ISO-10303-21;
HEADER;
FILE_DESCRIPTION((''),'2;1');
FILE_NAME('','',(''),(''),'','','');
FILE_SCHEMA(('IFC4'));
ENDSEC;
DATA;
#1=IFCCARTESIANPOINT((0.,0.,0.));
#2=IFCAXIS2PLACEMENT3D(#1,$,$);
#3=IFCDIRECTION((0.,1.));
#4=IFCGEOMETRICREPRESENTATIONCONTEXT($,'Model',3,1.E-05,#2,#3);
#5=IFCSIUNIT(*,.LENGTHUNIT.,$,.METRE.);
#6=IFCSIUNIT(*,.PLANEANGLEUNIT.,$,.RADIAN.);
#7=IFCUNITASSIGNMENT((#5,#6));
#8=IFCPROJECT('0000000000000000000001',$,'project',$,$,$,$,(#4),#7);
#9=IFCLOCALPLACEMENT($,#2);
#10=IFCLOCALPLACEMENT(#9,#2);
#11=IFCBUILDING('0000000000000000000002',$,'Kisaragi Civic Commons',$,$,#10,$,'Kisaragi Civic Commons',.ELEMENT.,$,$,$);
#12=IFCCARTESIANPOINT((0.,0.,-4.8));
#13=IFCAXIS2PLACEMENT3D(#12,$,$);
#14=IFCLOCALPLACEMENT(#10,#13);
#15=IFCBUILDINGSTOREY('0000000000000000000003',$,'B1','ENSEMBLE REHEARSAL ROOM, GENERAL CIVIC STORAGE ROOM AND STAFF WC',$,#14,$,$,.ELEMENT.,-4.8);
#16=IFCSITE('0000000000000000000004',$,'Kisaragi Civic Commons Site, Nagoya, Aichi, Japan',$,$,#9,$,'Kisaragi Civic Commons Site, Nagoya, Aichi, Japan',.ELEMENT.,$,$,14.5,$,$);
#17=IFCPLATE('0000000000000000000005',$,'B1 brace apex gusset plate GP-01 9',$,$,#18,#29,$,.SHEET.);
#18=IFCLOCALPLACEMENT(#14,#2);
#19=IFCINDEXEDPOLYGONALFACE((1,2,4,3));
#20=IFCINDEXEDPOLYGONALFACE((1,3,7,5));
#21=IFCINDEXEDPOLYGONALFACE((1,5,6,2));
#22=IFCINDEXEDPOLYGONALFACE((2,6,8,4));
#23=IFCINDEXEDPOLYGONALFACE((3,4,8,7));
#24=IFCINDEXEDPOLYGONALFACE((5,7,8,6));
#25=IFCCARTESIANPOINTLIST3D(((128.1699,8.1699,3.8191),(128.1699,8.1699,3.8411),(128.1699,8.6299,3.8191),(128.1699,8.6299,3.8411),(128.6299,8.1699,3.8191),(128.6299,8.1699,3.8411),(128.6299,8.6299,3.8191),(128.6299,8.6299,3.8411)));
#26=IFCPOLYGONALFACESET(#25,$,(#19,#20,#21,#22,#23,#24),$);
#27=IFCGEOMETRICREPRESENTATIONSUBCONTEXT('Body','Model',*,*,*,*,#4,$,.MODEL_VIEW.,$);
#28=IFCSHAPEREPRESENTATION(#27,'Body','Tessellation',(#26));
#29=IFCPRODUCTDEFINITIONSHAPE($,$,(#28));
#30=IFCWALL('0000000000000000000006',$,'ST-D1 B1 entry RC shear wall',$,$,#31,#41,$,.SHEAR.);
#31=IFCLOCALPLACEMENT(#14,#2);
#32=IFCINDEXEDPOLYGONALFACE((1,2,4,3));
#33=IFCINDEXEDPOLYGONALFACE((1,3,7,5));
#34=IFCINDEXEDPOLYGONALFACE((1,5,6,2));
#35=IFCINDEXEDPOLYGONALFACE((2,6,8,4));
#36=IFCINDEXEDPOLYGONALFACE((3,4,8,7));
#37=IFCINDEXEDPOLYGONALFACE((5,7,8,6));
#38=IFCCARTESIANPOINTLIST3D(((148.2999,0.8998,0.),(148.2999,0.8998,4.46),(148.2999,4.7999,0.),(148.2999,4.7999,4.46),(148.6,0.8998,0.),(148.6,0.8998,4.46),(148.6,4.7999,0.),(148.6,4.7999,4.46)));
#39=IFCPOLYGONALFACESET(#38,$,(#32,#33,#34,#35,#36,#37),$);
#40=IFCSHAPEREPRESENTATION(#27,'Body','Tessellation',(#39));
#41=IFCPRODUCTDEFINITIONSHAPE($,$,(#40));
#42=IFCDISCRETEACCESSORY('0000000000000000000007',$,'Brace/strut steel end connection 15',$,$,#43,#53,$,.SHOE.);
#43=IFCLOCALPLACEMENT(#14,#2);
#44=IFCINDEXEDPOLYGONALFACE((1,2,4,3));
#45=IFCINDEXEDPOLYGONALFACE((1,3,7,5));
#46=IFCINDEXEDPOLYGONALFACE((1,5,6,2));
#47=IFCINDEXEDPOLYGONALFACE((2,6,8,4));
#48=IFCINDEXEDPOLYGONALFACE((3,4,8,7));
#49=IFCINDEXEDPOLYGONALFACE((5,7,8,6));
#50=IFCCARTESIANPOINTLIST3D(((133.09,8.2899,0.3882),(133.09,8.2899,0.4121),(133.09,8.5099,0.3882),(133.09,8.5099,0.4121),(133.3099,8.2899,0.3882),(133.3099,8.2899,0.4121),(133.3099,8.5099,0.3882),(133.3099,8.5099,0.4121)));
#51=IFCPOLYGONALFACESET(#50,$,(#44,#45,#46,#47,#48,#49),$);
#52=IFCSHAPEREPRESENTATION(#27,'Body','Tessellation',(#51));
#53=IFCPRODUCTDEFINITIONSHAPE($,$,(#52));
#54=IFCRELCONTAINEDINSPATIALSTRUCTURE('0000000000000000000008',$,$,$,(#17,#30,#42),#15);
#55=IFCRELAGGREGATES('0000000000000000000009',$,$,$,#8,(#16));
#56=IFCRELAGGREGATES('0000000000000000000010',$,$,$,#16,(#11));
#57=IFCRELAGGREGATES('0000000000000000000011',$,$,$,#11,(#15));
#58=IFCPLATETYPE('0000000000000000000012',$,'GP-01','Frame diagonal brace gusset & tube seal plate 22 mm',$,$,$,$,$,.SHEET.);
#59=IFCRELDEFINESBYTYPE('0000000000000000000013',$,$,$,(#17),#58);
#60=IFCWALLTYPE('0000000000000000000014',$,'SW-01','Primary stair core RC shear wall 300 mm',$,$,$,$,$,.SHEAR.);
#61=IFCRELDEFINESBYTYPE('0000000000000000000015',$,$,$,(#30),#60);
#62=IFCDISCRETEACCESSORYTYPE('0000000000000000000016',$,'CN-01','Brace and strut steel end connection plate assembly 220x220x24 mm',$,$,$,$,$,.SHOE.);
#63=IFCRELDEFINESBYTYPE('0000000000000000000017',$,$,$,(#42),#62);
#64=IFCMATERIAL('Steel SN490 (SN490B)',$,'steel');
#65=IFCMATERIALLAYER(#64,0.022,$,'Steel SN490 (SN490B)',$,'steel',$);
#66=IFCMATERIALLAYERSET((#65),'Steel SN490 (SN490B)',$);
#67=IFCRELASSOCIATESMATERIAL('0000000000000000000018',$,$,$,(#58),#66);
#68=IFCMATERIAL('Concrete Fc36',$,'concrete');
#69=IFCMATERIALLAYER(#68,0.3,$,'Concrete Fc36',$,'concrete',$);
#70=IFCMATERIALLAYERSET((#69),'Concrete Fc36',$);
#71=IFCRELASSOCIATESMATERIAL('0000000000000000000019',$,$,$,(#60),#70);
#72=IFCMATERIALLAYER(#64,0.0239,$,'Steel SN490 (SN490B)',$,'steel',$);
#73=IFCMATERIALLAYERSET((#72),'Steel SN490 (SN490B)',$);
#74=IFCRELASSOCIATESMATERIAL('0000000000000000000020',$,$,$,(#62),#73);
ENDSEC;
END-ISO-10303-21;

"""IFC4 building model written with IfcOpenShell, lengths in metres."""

from ifc_helpers import new_model, si_unit, direction, frame, frame_2d, origin, origin_2d, place, context, subcontext, project, spatial, rectangle, extrude, material, layer, layer_set, type_object, element, save


model = new_model("IFC4")

# Units and contexts
model_context = context("Model", 3, precision=1e-05, world=origin(), true_north=direction((0.0, 1.0)))
body_context = subcontext(model_context, "Body", "Model", "MODEL_VIEW")
ifc_project = project(units=[si_unit("LENGTHUNIT", "METRE"), si_unit("PLANEANGLEUNIT", "RADIAN")], contexts=[model_context])

# Site, building, storey
site_placement = place(None, origin())
site = spatial("IfcSite", under=ifc_project, at=site_placement, Name="Kisaragi Civic Commons Site, Nagoya, Aichi, Japan", LongName="Kisaragi Civic Commons Site, Nagoya, Aichi, Japan", CompositionType="ELEMENT", RefElevation=14.5)
building_placement = place(site_placement, origin())
building = spatial("IfcBuilding", under=site, at=building_placement, Name="Kisaragi Civic Commons", LongName="Kisaragi Civic Commons", CompositionType="ELEMENT")
storey_placement = place(building_placement, frame((0.0, 0.0, -4.8)))
storey = spatial("IfcBuildingStorey", under=building, at=storey_placement, Name="B1", Description="ENSEMBLE REHEARSAL ROOM, GENERAL CIVIC STORAGE ROOM AND STAFF WC", CompositionType="ELEMENT", Elevation=-4.8)

# Shared definitions
ifc_material_1 = material(Name="Concrete Fc36", Category="concrete")

# Shared definitions
ifc_material_2 = material(Name="Steel SN490 (SN490B)", Category="steel")

# Plate
ifc_layer_1 = layer(ifc_material_2, 0.022, Name="Steel SN490 (SN490B)", Category="steel")
ifc_layer_set_1 = layer_set([ifc_layer_1], Name="Steel SN490 (SN490B)")
plate_type = type_object("IfcPlateType", Name="GP-01", Description="Frame diagonal brace gusset & tube seal plate 22 mm", PredefinedType="SHEET", material=ifc_layer_set_1)
plate_placement = place(storey_placement, frame((128.3999, 8.3999, 3.8191), z_axis=(0.0, 0.0, 1.0), x_axis=(1.0, 0.0, 0.0)))
element("IfcPlate", 1, at=plate_placement, inside=storey, type_object=plate_type, Name="B1 brace apex gusset plate GP-01 9", PredefinedType="SHEET", context=body_context, shape_type="SweptSolid", body=[
    extrude(rectangle(XDim=0.46, YDim=0.46, at=origin_2d()), origin(), (0.0, 0.0, 1.0), 0.022),
])

# Wall
ifc_layer_2 = layer(ifc_material_1, 0.3, Name="Concrete Fc36", Category="concrete")
ifc_layer_set_2 = layer_set([ifc_layer_2], Name="Concrete Fc36")
wall_type = type_object("IfcWallType", Name="SW-01", Description="Primary stair core RC shear wall 300 mm", PredefinedType="SHEAR", material=ifc_layer_set_2)
wall_placement = place(storey_placement, frame((148.45, 4.8, 0.0), z_axis=(0.0, 0.0, 1.0), x_axis=(0.0, -1.0, 0.0)))
element("IfcWall", 2, at=wall_placement, inside=storey, type_object=wall_type, Name="ST-D1 B1 entry RC shear wall", PredefinedType="SHEAR", context=body_context, shape_type="SweptSolid", body=[
    extrude(rectangle(XDim=3.9001, YDim=0.3, at=frame_2d((1.9502, 0.0))), origin(), (0.0, 0.0, 1.0), 4.46),
])

# Discrete accessory
ifc_layer_3 = layer(ifc_material_2, 0.0239, Name="Steel SN490 (SN490B)", Category="steel")
ifc_layer_set_3 = layer_set([ifc_layer_3], Name="Steel SN490 (SN490B)")
discrete_accessory_type = type_object("IfcDiscreteAccessoryType", Name="CN-01", Description="Brace and strut steel end connection plate assembly 220x220x24 mm", PredefinedType="SHOE", material=ifc_layer_set_3)
discrete_accessory_placement = place(storey_placement, frame((133.2, 8.3999, 0.3882), z_axis=(0.0, 0.0, 1.0), x_axis=(1.0, 0.0, 0.0)))
element("IfcDiscreteAccessory", 3, at=discrete_accessory_placement, inside=storey, type_object=discrete_accessory_type, Name="Brace/strut steel end connection 15", PredefinedType="SHOE", context=body_context, shape_type="SweptSolid", body=[
    extrude(rectangle(XDim=0.22, YDim=0.22, at=origin_2d()), origin(), (0.0, 0.0, 1.0), 0.0239),
])

save(model, "model.ifc")
